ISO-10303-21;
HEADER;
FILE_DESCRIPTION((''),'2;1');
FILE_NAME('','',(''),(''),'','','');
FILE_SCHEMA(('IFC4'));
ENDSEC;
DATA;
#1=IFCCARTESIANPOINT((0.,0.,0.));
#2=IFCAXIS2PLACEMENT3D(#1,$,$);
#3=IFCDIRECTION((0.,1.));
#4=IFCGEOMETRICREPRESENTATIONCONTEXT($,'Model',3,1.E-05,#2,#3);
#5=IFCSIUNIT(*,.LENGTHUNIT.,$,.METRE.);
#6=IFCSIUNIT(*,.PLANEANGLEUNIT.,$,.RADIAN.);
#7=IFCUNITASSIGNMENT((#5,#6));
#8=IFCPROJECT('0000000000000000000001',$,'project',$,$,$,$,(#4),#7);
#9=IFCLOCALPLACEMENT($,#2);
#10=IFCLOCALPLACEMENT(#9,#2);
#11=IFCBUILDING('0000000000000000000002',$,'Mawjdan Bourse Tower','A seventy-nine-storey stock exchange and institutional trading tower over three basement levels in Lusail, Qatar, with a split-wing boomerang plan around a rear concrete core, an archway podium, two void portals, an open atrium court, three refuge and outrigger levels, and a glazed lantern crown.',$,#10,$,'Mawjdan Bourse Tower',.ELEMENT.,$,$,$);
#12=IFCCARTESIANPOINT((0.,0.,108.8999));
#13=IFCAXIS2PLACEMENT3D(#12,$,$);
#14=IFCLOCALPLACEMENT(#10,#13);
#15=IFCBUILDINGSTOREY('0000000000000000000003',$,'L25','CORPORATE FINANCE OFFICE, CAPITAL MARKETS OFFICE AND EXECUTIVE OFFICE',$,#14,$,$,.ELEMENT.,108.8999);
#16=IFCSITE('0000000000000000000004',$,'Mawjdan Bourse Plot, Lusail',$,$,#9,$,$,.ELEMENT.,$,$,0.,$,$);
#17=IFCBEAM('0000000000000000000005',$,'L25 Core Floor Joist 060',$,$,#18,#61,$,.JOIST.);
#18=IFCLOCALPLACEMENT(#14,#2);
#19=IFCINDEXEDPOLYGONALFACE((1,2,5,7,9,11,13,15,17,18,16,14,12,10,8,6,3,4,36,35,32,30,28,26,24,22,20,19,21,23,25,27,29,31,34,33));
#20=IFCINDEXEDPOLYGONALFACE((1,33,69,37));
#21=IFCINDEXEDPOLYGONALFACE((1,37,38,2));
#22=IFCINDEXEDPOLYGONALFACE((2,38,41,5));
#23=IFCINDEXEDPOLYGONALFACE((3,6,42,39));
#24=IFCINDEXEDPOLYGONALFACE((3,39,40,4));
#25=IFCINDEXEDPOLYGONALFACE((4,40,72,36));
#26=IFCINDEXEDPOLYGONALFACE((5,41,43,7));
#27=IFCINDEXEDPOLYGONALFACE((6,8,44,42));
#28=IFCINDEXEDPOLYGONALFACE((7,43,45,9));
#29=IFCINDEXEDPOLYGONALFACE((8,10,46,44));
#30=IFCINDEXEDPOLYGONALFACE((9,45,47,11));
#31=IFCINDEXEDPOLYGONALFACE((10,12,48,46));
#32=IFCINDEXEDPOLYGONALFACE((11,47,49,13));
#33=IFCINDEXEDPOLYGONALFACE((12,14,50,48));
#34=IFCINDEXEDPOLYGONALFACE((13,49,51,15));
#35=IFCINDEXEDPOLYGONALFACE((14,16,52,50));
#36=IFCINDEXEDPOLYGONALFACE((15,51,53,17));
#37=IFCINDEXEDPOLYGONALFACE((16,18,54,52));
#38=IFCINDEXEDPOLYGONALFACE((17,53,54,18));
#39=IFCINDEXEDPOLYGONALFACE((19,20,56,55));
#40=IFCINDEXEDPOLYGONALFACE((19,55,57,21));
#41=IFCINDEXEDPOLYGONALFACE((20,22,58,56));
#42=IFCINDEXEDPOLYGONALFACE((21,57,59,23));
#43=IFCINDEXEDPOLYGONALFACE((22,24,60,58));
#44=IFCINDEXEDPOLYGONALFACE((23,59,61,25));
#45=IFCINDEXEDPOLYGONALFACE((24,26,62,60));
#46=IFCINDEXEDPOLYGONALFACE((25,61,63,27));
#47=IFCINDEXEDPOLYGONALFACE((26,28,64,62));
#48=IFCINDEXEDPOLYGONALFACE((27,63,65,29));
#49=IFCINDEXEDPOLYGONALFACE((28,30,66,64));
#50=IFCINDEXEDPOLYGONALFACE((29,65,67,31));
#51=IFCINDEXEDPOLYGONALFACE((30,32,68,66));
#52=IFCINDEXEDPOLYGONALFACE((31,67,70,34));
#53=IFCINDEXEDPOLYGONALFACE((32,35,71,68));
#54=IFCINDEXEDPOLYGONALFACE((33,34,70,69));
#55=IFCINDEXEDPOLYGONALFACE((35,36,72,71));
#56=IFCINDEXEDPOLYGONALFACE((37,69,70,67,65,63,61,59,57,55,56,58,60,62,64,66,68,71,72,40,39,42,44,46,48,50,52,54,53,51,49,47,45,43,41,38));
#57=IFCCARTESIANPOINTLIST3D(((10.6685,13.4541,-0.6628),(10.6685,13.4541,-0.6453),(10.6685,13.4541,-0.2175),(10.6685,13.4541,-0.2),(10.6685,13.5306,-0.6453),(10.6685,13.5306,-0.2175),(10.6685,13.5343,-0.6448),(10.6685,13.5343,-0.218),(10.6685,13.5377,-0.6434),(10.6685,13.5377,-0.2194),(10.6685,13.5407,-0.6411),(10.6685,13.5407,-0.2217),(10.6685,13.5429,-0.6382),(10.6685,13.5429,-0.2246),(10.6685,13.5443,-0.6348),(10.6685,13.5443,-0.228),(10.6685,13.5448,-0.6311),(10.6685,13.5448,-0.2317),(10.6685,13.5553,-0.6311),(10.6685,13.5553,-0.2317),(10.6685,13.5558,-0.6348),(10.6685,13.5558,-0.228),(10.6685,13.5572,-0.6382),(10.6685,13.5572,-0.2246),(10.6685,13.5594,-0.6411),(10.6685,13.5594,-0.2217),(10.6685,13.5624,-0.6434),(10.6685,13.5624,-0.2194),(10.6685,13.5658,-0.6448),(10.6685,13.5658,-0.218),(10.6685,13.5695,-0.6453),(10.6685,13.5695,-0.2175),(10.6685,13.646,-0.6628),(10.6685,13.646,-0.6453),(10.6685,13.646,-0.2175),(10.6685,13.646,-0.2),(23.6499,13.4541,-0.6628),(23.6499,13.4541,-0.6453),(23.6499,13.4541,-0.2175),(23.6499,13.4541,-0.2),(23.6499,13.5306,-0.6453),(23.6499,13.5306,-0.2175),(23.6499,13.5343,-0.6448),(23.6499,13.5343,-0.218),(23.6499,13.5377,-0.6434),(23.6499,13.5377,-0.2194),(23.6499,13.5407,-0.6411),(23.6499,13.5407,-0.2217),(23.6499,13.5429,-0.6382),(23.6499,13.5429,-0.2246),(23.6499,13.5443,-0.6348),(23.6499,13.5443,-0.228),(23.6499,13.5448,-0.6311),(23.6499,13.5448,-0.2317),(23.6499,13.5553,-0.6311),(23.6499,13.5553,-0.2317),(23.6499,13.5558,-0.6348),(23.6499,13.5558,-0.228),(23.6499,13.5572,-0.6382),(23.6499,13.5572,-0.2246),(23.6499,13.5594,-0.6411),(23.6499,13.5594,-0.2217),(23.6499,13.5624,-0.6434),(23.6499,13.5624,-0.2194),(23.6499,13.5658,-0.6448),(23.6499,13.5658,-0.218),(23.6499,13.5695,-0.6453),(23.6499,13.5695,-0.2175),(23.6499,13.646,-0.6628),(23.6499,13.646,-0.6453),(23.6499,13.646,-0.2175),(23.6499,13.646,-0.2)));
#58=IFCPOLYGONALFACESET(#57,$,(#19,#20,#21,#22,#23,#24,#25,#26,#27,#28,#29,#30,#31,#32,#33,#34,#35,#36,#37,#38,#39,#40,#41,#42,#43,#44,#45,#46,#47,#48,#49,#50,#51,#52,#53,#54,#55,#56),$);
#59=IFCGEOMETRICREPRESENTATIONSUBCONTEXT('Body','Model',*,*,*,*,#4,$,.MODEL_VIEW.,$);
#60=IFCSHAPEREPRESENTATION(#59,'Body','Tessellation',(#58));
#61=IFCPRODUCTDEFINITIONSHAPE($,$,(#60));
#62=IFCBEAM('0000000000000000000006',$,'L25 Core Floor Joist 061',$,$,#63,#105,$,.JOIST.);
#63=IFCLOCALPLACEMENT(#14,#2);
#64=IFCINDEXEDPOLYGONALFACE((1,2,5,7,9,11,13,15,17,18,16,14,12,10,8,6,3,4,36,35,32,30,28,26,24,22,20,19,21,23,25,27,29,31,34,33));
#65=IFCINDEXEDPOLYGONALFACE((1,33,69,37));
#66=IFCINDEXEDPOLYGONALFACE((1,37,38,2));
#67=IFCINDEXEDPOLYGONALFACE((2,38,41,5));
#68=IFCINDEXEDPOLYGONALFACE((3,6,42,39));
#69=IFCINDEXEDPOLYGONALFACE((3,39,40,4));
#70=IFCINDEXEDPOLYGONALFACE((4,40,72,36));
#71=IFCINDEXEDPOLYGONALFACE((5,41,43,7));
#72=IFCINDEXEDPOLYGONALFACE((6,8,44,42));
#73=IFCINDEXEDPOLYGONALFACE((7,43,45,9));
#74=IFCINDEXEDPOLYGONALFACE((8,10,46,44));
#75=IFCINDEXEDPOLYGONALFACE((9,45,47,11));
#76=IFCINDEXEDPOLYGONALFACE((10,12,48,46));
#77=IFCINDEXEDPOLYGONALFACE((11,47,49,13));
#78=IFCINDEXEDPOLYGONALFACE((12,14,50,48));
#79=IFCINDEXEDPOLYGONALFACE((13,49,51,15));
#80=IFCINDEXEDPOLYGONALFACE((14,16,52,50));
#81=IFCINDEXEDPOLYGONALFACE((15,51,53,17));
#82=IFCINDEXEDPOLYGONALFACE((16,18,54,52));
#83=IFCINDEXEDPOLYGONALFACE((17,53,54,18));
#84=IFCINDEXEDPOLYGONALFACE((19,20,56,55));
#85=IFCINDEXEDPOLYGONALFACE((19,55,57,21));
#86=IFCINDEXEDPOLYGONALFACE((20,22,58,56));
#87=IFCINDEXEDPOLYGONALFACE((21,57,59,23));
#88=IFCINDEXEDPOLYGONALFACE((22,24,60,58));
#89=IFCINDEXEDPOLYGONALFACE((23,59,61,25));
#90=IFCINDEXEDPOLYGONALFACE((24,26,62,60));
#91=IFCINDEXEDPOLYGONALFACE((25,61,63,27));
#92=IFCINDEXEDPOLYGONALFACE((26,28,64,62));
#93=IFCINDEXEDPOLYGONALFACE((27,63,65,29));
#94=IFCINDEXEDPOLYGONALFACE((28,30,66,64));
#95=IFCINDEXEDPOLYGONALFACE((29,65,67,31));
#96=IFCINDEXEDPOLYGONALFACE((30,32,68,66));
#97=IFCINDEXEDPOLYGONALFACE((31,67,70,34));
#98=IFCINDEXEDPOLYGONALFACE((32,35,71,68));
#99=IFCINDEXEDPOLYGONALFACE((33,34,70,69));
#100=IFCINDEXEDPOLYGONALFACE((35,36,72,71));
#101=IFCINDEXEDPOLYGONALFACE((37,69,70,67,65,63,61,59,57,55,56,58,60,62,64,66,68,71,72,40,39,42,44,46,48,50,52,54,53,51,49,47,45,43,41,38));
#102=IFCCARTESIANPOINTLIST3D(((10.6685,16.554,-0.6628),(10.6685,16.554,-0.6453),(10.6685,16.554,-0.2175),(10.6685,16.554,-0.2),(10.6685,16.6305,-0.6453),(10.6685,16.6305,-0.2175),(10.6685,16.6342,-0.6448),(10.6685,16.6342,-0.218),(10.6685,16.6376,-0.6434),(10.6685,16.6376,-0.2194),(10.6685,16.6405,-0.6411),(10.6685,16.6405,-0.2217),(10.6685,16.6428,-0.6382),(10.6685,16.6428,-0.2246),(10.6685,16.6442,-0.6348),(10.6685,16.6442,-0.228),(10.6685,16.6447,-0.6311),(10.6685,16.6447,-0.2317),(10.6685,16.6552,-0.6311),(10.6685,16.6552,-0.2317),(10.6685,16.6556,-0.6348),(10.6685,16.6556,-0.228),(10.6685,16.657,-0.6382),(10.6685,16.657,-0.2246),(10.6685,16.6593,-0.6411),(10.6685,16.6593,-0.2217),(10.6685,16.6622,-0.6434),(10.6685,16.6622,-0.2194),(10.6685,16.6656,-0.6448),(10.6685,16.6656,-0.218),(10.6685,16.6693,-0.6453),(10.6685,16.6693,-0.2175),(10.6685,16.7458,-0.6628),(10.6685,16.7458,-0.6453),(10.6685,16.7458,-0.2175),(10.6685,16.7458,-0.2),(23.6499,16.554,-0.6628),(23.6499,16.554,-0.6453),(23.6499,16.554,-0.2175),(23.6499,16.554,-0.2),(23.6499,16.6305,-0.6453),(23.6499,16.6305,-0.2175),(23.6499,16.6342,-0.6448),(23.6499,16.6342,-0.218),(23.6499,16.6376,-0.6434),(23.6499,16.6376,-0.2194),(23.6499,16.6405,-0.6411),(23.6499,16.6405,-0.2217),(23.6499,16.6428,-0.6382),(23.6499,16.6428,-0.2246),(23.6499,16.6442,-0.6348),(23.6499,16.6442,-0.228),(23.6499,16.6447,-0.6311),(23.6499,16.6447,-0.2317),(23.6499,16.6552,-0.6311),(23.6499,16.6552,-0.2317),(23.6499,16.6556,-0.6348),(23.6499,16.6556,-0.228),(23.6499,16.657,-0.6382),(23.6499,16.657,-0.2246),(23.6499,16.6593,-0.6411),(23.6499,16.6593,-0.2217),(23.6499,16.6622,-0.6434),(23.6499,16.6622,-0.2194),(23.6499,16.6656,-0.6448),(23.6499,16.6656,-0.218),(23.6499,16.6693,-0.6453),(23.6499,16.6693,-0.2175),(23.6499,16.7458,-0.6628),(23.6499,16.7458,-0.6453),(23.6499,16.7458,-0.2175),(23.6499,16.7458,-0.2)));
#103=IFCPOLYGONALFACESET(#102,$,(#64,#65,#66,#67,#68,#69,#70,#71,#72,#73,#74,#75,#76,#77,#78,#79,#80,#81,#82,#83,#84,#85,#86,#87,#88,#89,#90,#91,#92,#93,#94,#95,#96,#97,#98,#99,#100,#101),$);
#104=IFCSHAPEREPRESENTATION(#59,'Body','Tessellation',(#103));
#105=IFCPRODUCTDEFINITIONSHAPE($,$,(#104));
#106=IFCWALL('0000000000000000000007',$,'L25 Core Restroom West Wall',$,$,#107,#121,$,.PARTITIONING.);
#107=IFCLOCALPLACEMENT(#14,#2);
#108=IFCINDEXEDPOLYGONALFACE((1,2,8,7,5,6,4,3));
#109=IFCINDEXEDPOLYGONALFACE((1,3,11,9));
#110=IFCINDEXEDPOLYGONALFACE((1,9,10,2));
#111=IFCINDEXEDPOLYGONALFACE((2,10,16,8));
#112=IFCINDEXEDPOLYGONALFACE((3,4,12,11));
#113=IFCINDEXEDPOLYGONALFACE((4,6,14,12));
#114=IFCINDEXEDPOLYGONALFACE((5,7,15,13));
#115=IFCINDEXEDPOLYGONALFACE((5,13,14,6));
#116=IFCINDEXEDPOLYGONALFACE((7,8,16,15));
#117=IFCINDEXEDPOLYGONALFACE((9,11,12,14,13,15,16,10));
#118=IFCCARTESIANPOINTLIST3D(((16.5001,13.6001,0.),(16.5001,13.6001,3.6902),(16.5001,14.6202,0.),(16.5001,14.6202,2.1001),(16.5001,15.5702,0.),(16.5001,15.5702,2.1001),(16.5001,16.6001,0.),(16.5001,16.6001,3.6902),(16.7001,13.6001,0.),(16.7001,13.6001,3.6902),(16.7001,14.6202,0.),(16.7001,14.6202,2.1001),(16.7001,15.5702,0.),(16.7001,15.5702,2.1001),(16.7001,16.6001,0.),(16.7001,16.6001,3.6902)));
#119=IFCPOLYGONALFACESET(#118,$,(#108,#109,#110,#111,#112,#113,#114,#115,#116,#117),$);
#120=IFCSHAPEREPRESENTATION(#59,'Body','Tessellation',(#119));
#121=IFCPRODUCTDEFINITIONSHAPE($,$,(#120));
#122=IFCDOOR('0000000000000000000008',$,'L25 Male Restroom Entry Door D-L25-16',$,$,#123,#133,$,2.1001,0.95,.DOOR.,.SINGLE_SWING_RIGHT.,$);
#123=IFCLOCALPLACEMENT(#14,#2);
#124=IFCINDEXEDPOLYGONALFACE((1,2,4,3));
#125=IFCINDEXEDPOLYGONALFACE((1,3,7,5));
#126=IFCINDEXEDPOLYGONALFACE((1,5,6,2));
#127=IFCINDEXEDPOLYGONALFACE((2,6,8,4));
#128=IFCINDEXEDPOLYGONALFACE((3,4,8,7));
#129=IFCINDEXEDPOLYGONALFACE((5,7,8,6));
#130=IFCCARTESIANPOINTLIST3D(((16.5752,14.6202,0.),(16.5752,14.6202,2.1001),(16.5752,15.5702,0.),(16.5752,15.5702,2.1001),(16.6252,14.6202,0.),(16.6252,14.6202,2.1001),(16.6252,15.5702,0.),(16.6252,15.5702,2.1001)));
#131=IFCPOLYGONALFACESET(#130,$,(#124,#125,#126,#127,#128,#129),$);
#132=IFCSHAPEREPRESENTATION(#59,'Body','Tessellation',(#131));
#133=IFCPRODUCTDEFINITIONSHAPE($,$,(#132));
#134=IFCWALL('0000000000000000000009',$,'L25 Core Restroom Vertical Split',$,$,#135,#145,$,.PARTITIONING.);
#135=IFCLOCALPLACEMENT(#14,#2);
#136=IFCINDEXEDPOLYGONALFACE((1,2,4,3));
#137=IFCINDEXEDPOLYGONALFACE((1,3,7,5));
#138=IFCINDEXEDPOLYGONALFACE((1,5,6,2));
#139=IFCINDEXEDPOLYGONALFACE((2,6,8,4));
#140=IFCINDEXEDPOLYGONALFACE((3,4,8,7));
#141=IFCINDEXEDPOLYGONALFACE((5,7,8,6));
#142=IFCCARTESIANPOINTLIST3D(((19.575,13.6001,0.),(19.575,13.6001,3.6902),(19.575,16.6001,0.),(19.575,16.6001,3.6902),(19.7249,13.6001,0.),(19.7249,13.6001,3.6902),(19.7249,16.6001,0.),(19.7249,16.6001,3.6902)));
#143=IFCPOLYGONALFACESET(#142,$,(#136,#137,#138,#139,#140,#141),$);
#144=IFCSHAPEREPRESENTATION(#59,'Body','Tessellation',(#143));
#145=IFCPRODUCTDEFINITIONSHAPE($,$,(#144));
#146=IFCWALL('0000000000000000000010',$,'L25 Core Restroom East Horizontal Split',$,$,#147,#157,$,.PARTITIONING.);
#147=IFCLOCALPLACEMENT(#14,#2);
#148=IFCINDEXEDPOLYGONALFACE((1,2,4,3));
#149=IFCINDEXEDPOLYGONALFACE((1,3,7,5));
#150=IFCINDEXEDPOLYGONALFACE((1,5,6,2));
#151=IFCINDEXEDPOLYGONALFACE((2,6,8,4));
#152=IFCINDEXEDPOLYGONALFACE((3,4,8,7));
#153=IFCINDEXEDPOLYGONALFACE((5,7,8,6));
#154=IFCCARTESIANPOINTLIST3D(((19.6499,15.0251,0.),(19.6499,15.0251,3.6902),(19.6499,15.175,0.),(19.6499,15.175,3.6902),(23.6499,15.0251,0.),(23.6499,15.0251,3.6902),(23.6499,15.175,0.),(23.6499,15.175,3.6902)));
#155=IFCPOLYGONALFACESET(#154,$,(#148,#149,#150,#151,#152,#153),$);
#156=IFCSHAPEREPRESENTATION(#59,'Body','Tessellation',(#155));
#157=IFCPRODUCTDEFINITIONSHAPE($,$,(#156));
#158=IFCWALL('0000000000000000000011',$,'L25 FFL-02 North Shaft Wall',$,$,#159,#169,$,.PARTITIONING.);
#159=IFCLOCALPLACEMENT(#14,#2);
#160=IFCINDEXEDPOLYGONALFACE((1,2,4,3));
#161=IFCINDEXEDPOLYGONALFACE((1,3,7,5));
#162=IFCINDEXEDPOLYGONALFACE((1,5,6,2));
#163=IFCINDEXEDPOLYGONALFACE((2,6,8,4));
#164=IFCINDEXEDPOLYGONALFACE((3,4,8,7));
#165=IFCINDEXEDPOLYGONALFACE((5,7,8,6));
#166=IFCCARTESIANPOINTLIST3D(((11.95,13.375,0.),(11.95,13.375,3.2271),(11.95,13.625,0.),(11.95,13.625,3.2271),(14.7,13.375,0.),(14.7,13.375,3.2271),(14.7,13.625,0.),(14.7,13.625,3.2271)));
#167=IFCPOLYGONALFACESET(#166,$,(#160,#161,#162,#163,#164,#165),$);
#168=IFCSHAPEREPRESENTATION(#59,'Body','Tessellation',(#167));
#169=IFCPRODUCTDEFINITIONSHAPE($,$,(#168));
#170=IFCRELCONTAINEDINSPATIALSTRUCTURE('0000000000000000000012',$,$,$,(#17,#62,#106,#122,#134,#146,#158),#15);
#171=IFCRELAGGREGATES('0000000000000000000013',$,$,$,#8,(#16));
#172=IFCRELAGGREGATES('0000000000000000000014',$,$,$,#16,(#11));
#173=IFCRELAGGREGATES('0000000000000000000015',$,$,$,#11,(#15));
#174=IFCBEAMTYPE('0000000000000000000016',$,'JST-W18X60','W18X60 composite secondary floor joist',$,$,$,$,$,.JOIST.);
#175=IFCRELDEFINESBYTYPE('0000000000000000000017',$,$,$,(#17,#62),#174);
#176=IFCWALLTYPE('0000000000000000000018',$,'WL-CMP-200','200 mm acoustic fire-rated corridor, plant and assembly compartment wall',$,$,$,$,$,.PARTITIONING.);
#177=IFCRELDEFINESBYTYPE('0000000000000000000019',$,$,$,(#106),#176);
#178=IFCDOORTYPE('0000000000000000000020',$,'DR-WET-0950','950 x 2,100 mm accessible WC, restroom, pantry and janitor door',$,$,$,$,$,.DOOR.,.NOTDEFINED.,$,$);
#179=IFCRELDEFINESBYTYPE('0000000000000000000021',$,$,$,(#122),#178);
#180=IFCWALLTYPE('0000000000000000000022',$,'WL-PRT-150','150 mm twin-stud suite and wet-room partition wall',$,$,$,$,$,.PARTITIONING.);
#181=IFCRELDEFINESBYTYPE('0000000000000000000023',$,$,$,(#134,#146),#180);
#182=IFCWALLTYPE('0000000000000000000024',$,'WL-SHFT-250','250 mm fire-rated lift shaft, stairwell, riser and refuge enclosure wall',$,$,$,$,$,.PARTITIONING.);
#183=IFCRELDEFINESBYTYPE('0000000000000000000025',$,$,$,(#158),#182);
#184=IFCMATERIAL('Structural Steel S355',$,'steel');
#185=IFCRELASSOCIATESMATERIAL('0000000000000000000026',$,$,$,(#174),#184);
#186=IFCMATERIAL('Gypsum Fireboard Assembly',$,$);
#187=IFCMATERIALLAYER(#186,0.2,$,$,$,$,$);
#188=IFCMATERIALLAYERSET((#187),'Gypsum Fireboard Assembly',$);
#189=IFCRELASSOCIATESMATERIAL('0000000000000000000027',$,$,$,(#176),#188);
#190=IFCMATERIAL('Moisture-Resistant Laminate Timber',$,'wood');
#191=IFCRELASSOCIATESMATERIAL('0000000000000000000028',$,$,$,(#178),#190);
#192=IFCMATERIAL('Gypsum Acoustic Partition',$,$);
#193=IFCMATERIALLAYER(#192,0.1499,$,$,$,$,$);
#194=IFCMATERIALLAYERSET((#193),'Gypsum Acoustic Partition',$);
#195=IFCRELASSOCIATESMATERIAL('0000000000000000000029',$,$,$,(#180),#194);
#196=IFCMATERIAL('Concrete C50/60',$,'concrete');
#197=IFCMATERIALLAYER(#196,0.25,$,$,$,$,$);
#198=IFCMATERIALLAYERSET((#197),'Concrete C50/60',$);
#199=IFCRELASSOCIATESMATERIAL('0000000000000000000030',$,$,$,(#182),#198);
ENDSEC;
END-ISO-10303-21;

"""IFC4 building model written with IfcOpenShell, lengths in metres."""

from ifc_helpers import new_model, si_unit, direction, frame, frame_2d, origin, origin_2d, place, context, subcontext, project, spatial, rectangle, i_section, extrude, material, layer, layer_set, material_profile, profile_set, type_object, element, fill, save


model = new_model("IFC4")

# Units and contexts
model_context = context("Model", 3, precision=1e-05, world=origin(), true_north=direction((0.0, 1.0)))
body_context = subcontext(model_context, "Body", "Model", "MODEL_VIEW")
ifc_project = project(units=[si_unit("LENGTHUNIT", "METRE"), si_unit("PLANEANGLEUNIT", "RADIAN")], contexts=[model_context])

# Site, building, storey
site_placement = place(None, origin())
site = spatial("IfcSite", under=ifc_project, at=site_placement, Name="Mawjdan Bourse Plot, Lusail", CompositionType="ELEMENT", RefElevation=0.0)
building_placement = place(site_placement, origin())
building = spatial("IfcBuilding", under=site, at=building_placement, Name="Mawjdan Bourse Tower", Description="A seventy-nine-storey stock exchange and institutional trading tower over three basement levels in Lusail, Qatar, with a split-wing boomerang plan around a rear concrete core, an archway podium, two void portals, an open atrium court, three refuge and outrigger levels, and a glazed lantern crown.", LongName="Mawjdan Bourse Tower", CompositionType="ELEMENT")
storey_placement = place(building_placement, frame((0.0, 0.0, 108.8999)))
storey = spatial("IfcBuildingStorey", under=building, at=storey_placement, Name="L25", Description="CORPORATE FINANCE OFFICE, CAPITAL MARKETS OFFICE AND EXECUTIVE OFFICE", CompositionType="ELEMENT", Elevation=108.8999)

# Beams
ifc_material_1 = material(Name="Structural Steel S355", Category="steel")
ifc_material_profile = material_profile(ifc_material_1, i_section(OverallWidth=0.1919, OverallDepth=0.4629, WebThickness=0.0105, FlangeThickness=0.0176, FilletRadius=0.0142, at=origin_2d()), Name="W18X60")
ifc_profile_set = profile_set([ifc_material_profile], Name="Structural Steel S355")
beam_type = type_object("IfcBeamType", Name="JST-W18X60", Description="W18X60 composite secondary floor joist", PredefinedType="JOIST", material=ifc_profile_set)
for number, where, z_axis, x_axis, name in (
    (1, (10.6685, 13.55, -0.4314), (1.0, 0.0, 0.0), (0.0, 1.0, 0.0), "L25 Core Floor Joist 060"),
    (2, (10.6685, 16.6499, -0.4314), (1.0, 0.0, 0.0), (0.0, 1.0, 0.0), "L25 Core Floor Joist 061"),
):
    element("IfcBeam", number, at=place(storey_placement, frame(where, z_axis=z_axis, x_axis=x_axis)), inside=storey, type_object=beam_type, Name=name, PredefinedType="JOIST", context=body_context, shape_type="SweptSolid", body=[
        extrude(i_section(OverallWidth=0.1919, OverallDepth=0.4629, WebThickness=0.0105, FlangeThickness=0.0176, FilletRadius=0.0142, at=origin_2d()), origin(), (0.0, 0.0, 1.0), 12.9814),
    ])

# Wall, opening, door
ifc_material_2 = material(Name="Gypsum Fireboard Assembly")
ifc_layer_1 = layer(ifc_material_2, 0.2)
ifc_layer_set_1 = layer_set([ifc_layer_1], Name="Gypsum Fireboard Assembly")
wall_type_1 = type_object("IfcWallType", Name="WL-CMP-200", Description="200 mm acoustic fire-rated corridor, plant and assembly compartment wall", PredefinedType="PARTITIONING", material=ifc_layer_set_1)
wall_1_placement = place(storey_placement, frame((16.6001, 13.6001, 0.0), z_axis=(0.0, 0.0, 1.0), x_axis=(0.0, 1.0, 0.0)))
wall_1 = element("IfcWall", 3, at=wall_1_placement, inside=storey, type_object=wall_type_1, Name="L25 Core Restroom West Wall", PredefinedType="PARTITIONING", context=body_context, shape_type="SweptSolid", body=[
    extrude(rectangle(XDim=3.0, YDim=0.2, at=frame_2d((1.5, 0.0))), origin(), (0.0, 0.0, 1.0), 3.6902),
])
opening_1_placement = place(wall_1_placement, frame((1.02, 0.0, 0.0)))
opening_1 = element("IfcOpeningElement", 4, at=opening_1_placement, cuts=wall_1, PredefinedType="OPENING", context=body_context, shape_type="SweptSolid", body=[
    extrude(rectangle(XDim=0.95, YDim=2.1001, at=frame_2d((0.4751, 1.05))), frame((0.0, 0.1099, 0.0), z_axis=(0.0, -1.0, 0.0), x_axis=(1.0, 0.0, 0.0)), (0.0, 0.0, 1.0), 0.22),
])
ifc_material_3 = material(Name="Moisture-Resistant Laminate Timber", Category="wood")
door_type_1 = type_object("IfcDoorType", Name="DR-WET-0950", Description="950 x 2,100 mm accessible WC, restroom, pantry and janitor door", OperationType="NOTDEFINED", PredefinedType="DOOR", material=ifc_material_3)
door_1_placement = place(opening_1_placement, origin())
door_1 = element("IfcDoor", 5, at=door_1_placement, inside=storey, type_object=door_type_1, Name="L25 Male Restroom Entry Door D-L25-16", OperationType="SINGLE_SWING_RIGHT", OverallHeight=2.1001, OverallWidth=0.95, PredefinedType="DOOR", context=body_context, shape_type="SweptSolid", body=[
    extrude(rectangle(XDim=0.95, YDim=2.1001, at=frame_2d((0.4751, 1.05))), frame((0.0, 0.0249, 0.0), z_axis=(0.0, -1.0, 0.0), x_axis=(1.0, 0.0, 0.0)), (0.0, 0.0, 1.0), 0.05),
])
fill(opening_1, door_1)

# Walls
ifc_material_4 = material(Name="Gypsum Acoustic Partition")
ifc_layer_2 = layer(ifc_material_4, 0.1499)
ifc_layer_set_2 = layer_set([ifc_layer_2], Name="Gypsum Acoustic Partition")
wall_type_2 = type_object("IfcWallType", Name="WL-PRT-150", Description="150 mm twin-stud suite and wet-room partition wall", PredefinedType="PARTITIONING", material=ifc_layer_set_2)
wall_2_placement = place(storey_placement, frame((19.6499, 13.6001, 0.0), z_axis=(0.0, 0.0, 1.0), x_axis=(0.0, 1.0, 0.0)))
element("IfcWall", 6, at=wall_2_placement, inside=storey, type_object=wall_type_2, Name="L25 Core Restroom Vertical Split", PredefinedType="PARTITIONING", context=body_context, shape_type="SweptSolid", body=[
    extrude(rectangle(XDim=3.0, YDim=0.1499, at=frame_2d((1.5, 0.0))), origin(), (0.0, 0.0, 1.0), 3.6902),
])
wall_3_placement = place(storey_placement, frame((19.6499, 15.1001, 0.0), z_axis=(0.0, 0.0, 1.0), x_axis=(1.0, 0.0, 0.0)))
element("IfcWall", 7, at=wall_3_placement, inside=storey, type_object=wall_type_2, Name="L25 Core Restroom East Horizontal Split", PredefinedType="PARTITIONING", context=body_context, shape_type="SweptSolid", body=[
    extrude(rectangle(XDim=4.0, YDim=0.1499, at=frame_2d((2.0, 0.0))), origin(), (0.0, 0.0, 1.0), 3.6902),
])
ifc_material_5 = material(Name="Concrete C50/60", Category="concrete")
ifc_layer_3 = layer(ifc_material_5, 0.25)
ifc_layer_set_3 = layer_set([ifc_layer_3], Name="Concrete C50/60")
wall_type_3 = type_object("IfcWallType", Name="WL-SHFT-250", Description="250 mm fire-rated lift shaft, stairwell, riser and refuge enclosure wall", PredefinedType="PARTITIONING", material=ifc_layer_set_3)
wall_4_placement = place(storey_placement, frame((11.95, 13.5, 0.0), z_axis=(0.0, 0.0, 1.0), x_axis=(1.0, 0.0, 0.0)))
element("IfcWall", 8, at=wall_4_placement, inside=storey, type_object=wall_type_3, Name="L25 FFL-02 North Shaft Wall", PredefinedType="PARTITIONING", context=body_context, shape_type="SweptSolid", body=[
    extrude(rectangle(XDim=2.75, YDim=0.25, at=frame_2d((1.375, 0.0))), origin(), (0.0, 0.0, 1.0), 3.2271),
])

save(model, "model.ifc")
